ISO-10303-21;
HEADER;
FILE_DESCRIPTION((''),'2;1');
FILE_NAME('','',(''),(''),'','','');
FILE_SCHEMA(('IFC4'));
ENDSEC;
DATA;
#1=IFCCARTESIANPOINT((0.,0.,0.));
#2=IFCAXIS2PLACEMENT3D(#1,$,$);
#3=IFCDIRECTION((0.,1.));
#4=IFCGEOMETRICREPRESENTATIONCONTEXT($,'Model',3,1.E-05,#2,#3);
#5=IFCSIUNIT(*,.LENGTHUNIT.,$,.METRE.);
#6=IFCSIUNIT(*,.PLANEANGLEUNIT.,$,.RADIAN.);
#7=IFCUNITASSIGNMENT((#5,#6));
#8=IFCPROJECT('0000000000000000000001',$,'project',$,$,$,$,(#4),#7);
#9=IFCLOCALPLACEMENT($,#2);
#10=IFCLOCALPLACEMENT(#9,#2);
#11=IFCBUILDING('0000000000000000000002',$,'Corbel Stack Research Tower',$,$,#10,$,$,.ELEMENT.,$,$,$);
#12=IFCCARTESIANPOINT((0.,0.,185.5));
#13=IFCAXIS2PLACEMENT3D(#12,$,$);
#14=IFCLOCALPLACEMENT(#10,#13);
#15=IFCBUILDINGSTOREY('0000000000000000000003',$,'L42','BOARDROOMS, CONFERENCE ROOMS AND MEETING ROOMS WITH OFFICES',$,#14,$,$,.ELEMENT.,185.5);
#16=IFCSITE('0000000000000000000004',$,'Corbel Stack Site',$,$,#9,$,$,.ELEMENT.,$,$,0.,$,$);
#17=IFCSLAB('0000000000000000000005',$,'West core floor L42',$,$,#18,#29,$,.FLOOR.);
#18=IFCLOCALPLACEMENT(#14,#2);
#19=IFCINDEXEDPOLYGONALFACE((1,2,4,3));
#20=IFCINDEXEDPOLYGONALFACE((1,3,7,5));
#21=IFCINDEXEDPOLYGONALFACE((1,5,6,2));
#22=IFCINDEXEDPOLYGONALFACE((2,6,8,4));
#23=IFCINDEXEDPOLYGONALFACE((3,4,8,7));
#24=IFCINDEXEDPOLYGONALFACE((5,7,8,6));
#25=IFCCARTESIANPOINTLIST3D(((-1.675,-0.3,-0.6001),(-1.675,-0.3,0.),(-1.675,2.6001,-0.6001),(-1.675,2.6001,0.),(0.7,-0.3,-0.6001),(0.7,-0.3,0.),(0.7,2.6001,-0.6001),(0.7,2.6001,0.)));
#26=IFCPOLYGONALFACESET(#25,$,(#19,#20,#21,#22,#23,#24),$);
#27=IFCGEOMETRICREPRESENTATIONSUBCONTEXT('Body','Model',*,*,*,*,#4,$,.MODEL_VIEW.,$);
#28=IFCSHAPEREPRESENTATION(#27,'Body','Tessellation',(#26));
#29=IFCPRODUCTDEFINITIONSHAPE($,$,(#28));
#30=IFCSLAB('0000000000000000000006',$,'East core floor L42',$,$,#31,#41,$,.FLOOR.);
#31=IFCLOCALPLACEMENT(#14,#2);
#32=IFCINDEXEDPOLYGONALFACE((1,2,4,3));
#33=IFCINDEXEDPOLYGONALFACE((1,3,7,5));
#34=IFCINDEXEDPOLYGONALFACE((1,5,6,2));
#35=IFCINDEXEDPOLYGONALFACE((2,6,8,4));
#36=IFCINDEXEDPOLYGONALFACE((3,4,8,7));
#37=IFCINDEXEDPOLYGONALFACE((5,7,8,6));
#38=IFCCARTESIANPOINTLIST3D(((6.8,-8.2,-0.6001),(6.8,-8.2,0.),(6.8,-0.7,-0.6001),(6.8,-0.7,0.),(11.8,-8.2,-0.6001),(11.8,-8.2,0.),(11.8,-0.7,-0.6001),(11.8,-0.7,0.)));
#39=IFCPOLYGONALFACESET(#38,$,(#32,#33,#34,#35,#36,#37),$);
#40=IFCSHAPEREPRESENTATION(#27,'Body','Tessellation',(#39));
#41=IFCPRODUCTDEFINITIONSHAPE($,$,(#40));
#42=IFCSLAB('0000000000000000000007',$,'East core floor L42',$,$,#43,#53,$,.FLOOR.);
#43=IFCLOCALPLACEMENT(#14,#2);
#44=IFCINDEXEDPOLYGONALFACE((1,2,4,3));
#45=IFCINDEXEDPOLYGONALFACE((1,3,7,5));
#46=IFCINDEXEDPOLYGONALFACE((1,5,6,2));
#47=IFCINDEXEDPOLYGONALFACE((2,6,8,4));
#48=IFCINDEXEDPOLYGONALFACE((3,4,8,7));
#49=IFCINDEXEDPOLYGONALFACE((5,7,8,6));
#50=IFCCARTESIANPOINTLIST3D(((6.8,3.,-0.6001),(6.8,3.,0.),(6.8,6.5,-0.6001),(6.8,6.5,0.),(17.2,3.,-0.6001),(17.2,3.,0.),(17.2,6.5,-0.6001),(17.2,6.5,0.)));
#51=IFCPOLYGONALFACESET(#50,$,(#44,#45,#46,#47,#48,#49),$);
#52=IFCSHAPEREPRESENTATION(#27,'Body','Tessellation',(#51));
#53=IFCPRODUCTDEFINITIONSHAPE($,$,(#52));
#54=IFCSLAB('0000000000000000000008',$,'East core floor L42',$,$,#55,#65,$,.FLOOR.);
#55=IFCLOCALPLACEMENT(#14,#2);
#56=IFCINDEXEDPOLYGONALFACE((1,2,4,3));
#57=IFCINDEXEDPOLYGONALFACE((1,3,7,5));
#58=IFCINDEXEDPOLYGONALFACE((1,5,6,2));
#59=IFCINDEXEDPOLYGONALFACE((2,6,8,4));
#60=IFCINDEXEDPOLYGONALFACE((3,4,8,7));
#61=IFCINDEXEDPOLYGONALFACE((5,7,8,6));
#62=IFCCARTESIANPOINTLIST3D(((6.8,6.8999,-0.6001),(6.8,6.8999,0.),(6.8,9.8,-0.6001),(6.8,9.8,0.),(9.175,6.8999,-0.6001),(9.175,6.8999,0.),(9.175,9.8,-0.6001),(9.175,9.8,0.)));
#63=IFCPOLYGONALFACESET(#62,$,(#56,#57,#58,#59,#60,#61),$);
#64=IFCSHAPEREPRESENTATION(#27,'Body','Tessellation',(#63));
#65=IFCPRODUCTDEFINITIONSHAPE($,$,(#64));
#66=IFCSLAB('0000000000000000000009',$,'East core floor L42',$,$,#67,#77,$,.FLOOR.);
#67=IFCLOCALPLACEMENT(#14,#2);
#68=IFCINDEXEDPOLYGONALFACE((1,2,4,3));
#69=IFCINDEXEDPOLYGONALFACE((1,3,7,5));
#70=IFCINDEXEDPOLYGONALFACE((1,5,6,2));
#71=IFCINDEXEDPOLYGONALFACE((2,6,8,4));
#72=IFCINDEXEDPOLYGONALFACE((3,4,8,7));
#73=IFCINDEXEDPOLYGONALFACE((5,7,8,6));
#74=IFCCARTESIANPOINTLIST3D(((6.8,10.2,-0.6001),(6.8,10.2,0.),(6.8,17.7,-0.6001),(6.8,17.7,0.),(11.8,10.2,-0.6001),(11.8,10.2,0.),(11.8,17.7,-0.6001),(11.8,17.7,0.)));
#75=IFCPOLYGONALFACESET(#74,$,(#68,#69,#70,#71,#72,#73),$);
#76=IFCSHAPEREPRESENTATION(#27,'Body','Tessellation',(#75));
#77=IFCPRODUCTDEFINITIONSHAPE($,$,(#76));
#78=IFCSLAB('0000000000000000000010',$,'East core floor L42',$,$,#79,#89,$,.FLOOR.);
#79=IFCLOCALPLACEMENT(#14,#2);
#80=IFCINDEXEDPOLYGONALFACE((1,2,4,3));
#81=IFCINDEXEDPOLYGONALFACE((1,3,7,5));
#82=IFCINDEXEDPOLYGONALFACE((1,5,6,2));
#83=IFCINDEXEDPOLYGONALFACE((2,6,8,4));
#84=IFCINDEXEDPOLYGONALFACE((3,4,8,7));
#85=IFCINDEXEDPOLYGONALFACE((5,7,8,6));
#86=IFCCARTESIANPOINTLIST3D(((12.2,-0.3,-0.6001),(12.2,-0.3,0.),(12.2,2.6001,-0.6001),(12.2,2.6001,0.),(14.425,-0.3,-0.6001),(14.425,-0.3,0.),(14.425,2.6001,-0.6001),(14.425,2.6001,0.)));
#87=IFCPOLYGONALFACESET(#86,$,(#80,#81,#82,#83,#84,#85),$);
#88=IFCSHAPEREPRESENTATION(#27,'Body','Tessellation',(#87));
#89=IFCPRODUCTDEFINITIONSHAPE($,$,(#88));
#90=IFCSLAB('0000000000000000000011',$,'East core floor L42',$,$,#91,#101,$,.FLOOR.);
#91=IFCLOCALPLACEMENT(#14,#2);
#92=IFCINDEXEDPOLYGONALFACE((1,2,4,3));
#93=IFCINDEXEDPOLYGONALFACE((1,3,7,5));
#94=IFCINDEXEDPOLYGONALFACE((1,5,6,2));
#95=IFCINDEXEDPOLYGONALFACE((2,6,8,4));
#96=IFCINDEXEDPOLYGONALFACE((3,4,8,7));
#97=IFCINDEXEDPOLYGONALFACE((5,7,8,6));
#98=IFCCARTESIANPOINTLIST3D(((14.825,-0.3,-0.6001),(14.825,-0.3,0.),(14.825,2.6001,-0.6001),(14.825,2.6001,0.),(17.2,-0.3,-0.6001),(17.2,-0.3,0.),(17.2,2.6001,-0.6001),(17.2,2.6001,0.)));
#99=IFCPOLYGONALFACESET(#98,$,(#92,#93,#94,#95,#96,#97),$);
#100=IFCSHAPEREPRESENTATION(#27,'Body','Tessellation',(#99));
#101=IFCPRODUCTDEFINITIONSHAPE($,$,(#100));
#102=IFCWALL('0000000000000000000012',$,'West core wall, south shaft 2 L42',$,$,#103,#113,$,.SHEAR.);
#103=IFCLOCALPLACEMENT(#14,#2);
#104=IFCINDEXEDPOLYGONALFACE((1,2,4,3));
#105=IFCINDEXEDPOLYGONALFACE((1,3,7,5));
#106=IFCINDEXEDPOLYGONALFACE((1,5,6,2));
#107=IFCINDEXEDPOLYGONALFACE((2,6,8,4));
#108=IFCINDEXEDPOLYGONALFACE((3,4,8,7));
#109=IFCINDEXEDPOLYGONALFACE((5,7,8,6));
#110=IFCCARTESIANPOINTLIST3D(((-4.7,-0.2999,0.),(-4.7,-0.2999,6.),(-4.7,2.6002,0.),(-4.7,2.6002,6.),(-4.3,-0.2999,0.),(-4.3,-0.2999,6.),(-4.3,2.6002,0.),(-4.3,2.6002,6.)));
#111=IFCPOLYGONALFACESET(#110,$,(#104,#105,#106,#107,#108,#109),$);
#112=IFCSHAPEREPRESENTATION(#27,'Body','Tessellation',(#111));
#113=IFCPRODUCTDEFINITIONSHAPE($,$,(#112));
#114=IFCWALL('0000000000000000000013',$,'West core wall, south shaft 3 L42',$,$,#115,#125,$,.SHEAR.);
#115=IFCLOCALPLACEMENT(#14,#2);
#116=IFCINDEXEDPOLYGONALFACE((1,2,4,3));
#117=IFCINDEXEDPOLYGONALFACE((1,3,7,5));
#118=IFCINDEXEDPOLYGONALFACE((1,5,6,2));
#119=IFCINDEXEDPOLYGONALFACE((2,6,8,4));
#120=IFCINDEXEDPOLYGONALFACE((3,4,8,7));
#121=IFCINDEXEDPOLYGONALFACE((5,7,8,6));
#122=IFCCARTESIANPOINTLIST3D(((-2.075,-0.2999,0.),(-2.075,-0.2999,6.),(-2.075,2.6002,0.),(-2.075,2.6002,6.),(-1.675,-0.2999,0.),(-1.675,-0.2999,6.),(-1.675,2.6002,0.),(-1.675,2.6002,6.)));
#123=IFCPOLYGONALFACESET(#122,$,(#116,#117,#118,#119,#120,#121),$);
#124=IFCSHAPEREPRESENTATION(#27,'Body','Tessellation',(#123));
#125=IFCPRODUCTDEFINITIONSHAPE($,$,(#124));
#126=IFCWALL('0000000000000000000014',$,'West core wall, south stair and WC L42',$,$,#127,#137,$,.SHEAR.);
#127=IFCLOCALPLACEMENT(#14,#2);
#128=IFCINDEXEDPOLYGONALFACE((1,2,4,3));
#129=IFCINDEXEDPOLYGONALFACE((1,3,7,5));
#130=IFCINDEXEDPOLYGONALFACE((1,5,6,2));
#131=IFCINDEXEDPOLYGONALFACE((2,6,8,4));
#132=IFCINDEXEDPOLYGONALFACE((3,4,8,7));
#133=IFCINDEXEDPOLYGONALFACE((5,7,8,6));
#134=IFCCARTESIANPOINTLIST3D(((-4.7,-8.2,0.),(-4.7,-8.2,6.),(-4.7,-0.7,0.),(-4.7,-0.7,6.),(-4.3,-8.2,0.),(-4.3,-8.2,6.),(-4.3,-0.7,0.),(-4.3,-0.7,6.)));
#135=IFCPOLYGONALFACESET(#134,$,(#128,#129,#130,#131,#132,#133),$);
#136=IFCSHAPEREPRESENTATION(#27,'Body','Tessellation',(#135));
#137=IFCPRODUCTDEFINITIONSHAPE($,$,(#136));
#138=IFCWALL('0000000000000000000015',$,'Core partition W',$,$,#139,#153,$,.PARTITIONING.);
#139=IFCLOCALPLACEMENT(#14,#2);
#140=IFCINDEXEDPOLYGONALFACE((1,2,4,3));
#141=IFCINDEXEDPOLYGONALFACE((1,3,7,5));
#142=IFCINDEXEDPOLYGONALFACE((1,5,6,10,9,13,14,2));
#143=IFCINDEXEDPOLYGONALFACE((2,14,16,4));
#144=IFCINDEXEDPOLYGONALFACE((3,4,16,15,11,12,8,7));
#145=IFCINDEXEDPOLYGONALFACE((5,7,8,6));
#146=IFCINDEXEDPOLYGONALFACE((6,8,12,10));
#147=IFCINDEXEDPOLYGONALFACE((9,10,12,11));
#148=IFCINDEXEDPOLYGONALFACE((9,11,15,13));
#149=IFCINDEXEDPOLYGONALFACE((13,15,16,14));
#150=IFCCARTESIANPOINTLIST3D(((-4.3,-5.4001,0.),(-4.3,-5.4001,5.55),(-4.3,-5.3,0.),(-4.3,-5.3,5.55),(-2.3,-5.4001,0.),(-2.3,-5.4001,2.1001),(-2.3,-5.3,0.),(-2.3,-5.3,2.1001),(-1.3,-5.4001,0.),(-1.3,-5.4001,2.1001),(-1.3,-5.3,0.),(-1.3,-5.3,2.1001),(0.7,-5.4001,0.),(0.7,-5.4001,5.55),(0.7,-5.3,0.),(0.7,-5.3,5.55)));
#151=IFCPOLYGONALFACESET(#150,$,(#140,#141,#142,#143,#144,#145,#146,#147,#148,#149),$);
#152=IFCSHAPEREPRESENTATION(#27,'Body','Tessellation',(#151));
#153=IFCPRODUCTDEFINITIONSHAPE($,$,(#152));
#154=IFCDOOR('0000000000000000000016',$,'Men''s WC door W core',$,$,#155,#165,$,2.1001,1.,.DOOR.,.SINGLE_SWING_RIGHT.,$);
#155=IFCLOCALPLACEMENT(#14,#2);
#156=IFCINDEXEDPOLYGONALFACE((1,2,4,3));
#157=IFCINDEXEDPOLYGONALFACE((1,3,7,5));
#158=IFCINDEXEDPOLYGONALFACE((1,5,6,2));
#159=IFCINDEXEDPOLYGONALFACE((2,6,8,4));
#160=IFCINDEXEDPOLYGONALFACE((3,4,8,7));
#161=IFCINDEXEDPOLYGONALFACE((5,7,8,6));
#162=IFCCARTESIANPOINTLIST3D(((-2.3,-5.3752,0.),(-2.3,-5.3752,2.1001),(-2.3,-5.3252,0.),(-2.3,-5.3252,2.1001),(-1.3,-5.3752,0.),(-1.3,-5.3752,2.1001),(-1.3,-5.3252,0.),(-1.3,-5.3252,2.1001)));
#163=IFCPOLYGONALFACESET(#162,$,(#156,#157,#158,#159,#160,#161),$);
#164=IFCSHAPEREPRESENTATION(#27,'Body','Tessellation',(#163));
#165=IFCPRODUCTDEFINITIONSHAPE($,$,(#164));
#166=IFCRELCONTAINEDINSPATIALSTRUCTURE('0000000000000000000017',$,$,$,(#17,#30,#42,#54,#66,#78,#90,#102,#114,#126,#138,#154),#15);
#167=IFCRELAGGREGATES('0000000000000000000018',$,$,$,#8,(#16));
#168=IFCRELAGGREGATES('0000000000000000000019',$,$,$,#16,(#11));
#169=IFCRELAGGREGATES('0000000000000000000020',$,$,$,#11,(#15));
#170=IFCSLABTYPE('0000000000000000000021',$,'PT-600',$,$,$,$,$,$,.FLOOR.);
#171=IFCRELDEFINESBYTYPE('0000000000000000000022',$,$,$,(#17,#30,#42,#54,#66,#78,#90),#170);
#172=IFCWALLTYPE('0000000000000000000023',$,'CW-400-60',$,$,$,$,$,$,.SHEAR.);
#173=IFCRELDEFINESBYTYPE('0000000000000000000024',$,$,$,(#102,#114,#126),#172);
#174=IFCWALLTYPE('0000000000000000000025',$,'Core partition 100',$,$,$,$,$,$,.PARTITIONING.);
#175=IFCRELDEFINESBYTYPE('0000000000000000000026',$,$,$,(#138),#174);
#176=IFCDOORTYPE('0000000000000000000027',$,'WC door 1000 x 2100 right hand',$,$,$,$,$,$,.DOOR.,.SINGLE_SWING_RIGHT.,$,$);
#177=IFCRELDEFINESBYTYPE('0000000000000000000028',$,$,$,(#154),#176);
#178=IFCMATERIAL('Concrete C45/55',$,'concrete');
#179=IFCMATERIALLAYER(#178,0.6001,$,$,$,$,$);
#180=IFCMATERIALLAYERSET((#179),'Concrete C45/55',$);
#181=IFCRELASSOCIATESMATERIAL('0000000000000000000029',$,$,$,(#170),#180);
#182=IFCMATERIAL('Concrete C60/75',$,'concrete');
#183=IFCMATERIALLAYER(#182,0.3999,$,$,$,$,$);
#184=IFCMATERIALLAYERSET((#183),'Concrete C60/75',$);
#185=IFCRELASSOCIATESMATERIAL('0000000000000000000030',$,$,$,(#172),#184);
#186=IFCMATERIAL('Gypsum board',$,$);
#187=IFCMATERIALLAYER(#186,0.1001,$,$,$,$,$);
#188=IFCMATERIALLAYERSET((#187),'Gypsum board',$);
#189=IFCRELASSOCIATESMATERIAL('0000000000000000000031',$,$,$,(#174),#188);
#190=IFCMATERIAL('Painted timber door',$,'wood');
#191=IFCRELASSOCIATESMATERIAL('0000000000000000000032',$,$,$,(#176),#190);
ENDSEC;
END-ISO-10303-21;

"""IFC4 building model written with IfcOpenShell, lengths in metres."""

from ifc_helpers import new_model, si_unit, direction, frame, frame_2d, origin, place, context, subcontext, project, spatial, polyline, rectangle, outline, extrude, material, layer, layer_set, type_object, element, fill, save


model = new_model("IFC4")

# Units and contexts
model_context = context("Model", 3, precision=1e-05, world=origin(), true_north=direction((0.0, 1.0)))
body_context = subcontext(model_context, "Body", "Model", "MODEL_VIEW")
ifc_project = project(units=[si_unit("LENGTHUNIT", "METRE"), si_unit("PLANEANGLEUNIT", "RADIAN")], contexts=[model_context])

# Site, building, storey
site_placement = place(None, origin())
site = spatial("IfcSite", under=ifc_project, at=site_placement, Name="Corbel Stack Site", CompositionType="ELEMENT", RefElevation=0.0)
building_placement = place(site_placement, origin())
building = spatial("IfcBuilding", under=site, at=building_placement, Name="Corbel Stack Research Tower", CompositionType="ELEMENT")
storey_placement = place(building_placement, frame((0.0, 0.0, 185.5)))
storey = spatial("IfcBuildingStorey", under=building, at=storey_placement, Name="L42", Description="BOARDROOMS, CONFERENCE ROOMS AND MEETING ROOMS WITH OFFICES", CompositionType="ELEMENT", Elevation=185.5)

# Slabs
ifc_material_1 = material(Name="Concrete C45/55", Category="concrete")
ifc_layer_1 = layer(ifc_material_1, 0.6001)
ifc_layer_set_1 = layer_set([ifc_layer_1], Name="Concrete C45/55")
slab_type = type_object("IfcSlabType", Name="PT-600", PredefinedType="FLOOR", material=ifc_layer_set_1)
slab_1_placement = place(storey_placement, frame((0.0, 0.0, -0.6001)))
element("IfcSlab", 1, at=slab_1_placement, inside=storey, type_object=slab_type, Name="West core floor L42", PredefinedType="FLOOR", context=body_context, shape_type="SweptSolid", body=[
    extrude(outline(polyline([(0.7, -0.3), (0.7, 2.6001), (-1.675, 2.6001), (-1.675, -0.3), (0.7, -0.3)])), origin(), (0.0, 0.0, 1.0), 0.6001),
])
slab_2_placement = place(storey_placement, frame((0.0, 0.0, -0.6001)))
element("IfcSlab", 2, at=slab_2_placement, inside=storey, type_object=slab_type, Name="East core floor L42", PredefinedType="FLOOR", context=body_context, shape_type="SweptSolid", body=[
    extrude(outline(polyline([(6.8, -0.7), (6.8, -8.2), (11.8, -8.2), (11.8, -0.7), (6.8, -0.7)])), origin(), (0.0, 0.0, 1.0), 0.6001),
])
slab_3_placement = place(storey_placement, frame((0.0, 0.0, -0.6001)))
element("IfcSlab", 3, at=slab_3_placement, inside=storey, type_object=slab_type, Name="East core floor L42", PredefinedType="FLOOR", context=body_context, shape_type="SweptSolid", body=[
    extrude(outline(polyline([(17.2, 6.5), (6.8, 6.5), (6.8, 3.0), (17.2, 3.0), (17.2, 6.5)])), origin(), (0.0, 0.0, 1.0), 0.6001),
])
slab_4_placement = place(storey_placement, frame((0.0, 0.0, -0.6001)))
element("IfcSlab", 4, at=slab_4_placement, inside=storey, type_object=slab_type, Name="East core floor L42", PredefinedType="FLOOR", context=body_context, shape_type="SweptSolid", body=[
    extrude(outline(polyline([(6.8, 6.8999), (9.175, 6.8999), (9.175, 9.8), (6.8, 9.8), (6.8, 6.8999)])), origin(), (0.0, 0.0, 1.0), 0.6001),
])
slab_5_placement = place(storey_placement, frame((0.0, 0.0, -0.6001)))
element("IfcSlab", 5, at=slab_5_placement, inside=storey, type_object=slab_type, Name="East core floor L42", PredefinedType="FLOOR", context=body_context, shape_type="SweptSolid", body=[
    extrude(outline(polyline([(6.8, 17.7), (6.8, 10.2), (11.8, 10.2), (11.8, 17.7), (6.8, 17.7)])), origin(), (0.0, 0.0, 1.0), 0.6001),
])
slab_6_placement = place(storey_placement, frame((0.0, 0.0, -0.6001)))
element("IfcSlab", 6, at=slab_6_placement, inside=storey, type_object=slab_type, Name="East core floor L42", PredefinedType="FLOOR", context=body_context, shape_type="SweptSolid", body=[
    extrude(outline(polyline([(14.425, -0.3), (14.425, 2.6001), (12.2, 2.6001), (12.2, -0.3), (14.425, -0.3)])), origin(), (0.0, 0.0, 1.0), 0.6001),
])
slab_7_placement = place(storey_placement, frame((0.0, 0.0, -0.6001)))
element("IfcSlab", 7, at=slab_7_placement, inside=storey, type_object=slab_type, Name="East core floor L42", PredefinedType="FLOOR", context=body_context, shape_type="SweptSolid", body=[
    extrude(outline(polyline([(17.2, -0.3), (17.2, 2.6001), (14.825, 2.6001), (14.825, -0.3), (17.2, -0.3)])), origin(), (0.0, 0.0, 1.0), 0.6001),
])

# Walls
ifc_material_2 = material(Name="Concrete C60/75", Category="concrete")
ifc_layer_2 = layer(ifc_material_2, 0.3999)
ifc_layer_set_2 = layer_set([ifc_layer_2], Name="Concrete C60/75")
wall_type_1 = type_object("IfcWallType", Name="CW-400-60", PredefinedType="SHEAR", material=ifc_layer_set_2)
for number, where, z_axis, x_axis, name in (
    (8, (-4.5, -0.3, 0.0), (0.0, 0.0, 1.0), (0.0, 1.0, 0.0), "West core wall, south shaft 2 L42"),
    (9, (-1.875, -0.3, 0.0), (0.0, 0.0, 1.0), (0.0, 1.0, 0.0), "West core wall, south shaft 3 L42"),
):
    element("IfcWall", number, at=place(storey_placement, frame(where, z_axis=z_axis, x_axis=x_axis)), inside=storey, type_object=wall_type_1, Name=name, PredefinedType="SHEAR", context=body_context, shape_type="SweptSolid", body=[
        extrude(rectangle(XDim=2.9001, YDim=0.3999, at=frame_2d((1.4502, 0.0))), origin(), (0.0, 0.0, 1.0), 6.0),
    ])
wall_1_placement = place(storey_placement, frame((-4.5, -8.2, 0.0), z_axis=(0.0, 0.0, 1.0), x_axis=(0.0, 1.0, 0.0)))
element("IfcWall", 10, at=wall_1_placement, inside=storey, type_object=wall_type_1, Name="West core wall, south stair and WC L42", PredefinedType="SHEAR", context=body_context, shape_type="SweptSolid", body=[
    extrude(rectangle(XDim=7.5, YDim=0.3999, at=frame_2d((3.75, 0.0))), origin(), (0.0, 0.0, 1.0), 6.0),
])

# Wall, opening, door
ifc_material_3 = material(Name="Gypsum board")
ifc_layer_3 = layer(ifc_material_3, 0.1001)
ifc_layer_set_3 = layer_set([ifc_layer_3], Name="Gypsum board")
wall_type_2 = type_object("IfcWallType", Name="Core partition 100", PredefinedType="PARTITIONING", material=ifc_layer_set_3)
wall_2_placement = place(storey_placement, frame((-4.3, -5.3501, 0.0), z_axis=(0.0, 0.0, 1.0), x_axis=(1.0, 0.0, 0.0)))
wall_2 = element("IfcWall", 11, at=wall_2_placement, inside=storey, type_object=wall_type_2, Name="Core partition W", PredefinedType="PARTITIONING", context=body_context, shape_type="SweptSolid", body=[
    extrude(rectangle(XDim=5.0, YDim=0.1001, at=frame_2d((2.5, 0.0))), origin(), (0.0, 0.0, 1.0), 5.55),
])
opening_1_placement = place(wall_2_placement, frame((2.0, 0.0, 0.0)))
opening_1 = element("IfcOpeningElement", 12, at=opening_1_placement, cuts=wall_2, PredefinedType="OPENING", context=body_context, shape_type="SweptSolid", body=[
    extrude(rectangle(XDim=1.0, YDim=2.1001, at=frame_2d((0.5, 1.05))), frame((0.0, 0.0601, 0.0), z_axis=(0.0, -1.0, 0.0), x_axis=(1.0, 0.0, 0.0)), (0.0, 0.0, 1.0), 0.1201),
])
ifc_material_4 = material(Name="Painted timber door", Category="wood")
door_type_1 = type_object("IfcDoorType", Name="WC door 1000 x 2100 right hand", OperationType="SINGLE_SWING_RIGHT", PredefinedType="DOOR", material=ifc_material_4)
door_1_placement = place(opening_1_placement, origin())
door_1 = element("IfcDoor", 13, at=door_1_placement, inside=storey, type_object=door_type_1, Name="Men's WC door W core", OperationType="SINGLE_SWING_RIGHT", OverallHeight=2.1001, OverallWidth=1.0, PredefinedType="DOOR", context=body_context, shape_type="SweptSolid", body=[
    extrude(rectangle(XDim=1.0, YDim=2.1001, at=frame_2d((0.5, 1.05))), frame((0.0, 0.0249, 0.0), z_axis=(0.0, -1.0, 0.0), x_axis=(1.0, 0.0, 0.0)), (0.0, 0.0, 1.0), 0.05),
])
fill(opening_1, door_1)

save(model, "model.ifc")
